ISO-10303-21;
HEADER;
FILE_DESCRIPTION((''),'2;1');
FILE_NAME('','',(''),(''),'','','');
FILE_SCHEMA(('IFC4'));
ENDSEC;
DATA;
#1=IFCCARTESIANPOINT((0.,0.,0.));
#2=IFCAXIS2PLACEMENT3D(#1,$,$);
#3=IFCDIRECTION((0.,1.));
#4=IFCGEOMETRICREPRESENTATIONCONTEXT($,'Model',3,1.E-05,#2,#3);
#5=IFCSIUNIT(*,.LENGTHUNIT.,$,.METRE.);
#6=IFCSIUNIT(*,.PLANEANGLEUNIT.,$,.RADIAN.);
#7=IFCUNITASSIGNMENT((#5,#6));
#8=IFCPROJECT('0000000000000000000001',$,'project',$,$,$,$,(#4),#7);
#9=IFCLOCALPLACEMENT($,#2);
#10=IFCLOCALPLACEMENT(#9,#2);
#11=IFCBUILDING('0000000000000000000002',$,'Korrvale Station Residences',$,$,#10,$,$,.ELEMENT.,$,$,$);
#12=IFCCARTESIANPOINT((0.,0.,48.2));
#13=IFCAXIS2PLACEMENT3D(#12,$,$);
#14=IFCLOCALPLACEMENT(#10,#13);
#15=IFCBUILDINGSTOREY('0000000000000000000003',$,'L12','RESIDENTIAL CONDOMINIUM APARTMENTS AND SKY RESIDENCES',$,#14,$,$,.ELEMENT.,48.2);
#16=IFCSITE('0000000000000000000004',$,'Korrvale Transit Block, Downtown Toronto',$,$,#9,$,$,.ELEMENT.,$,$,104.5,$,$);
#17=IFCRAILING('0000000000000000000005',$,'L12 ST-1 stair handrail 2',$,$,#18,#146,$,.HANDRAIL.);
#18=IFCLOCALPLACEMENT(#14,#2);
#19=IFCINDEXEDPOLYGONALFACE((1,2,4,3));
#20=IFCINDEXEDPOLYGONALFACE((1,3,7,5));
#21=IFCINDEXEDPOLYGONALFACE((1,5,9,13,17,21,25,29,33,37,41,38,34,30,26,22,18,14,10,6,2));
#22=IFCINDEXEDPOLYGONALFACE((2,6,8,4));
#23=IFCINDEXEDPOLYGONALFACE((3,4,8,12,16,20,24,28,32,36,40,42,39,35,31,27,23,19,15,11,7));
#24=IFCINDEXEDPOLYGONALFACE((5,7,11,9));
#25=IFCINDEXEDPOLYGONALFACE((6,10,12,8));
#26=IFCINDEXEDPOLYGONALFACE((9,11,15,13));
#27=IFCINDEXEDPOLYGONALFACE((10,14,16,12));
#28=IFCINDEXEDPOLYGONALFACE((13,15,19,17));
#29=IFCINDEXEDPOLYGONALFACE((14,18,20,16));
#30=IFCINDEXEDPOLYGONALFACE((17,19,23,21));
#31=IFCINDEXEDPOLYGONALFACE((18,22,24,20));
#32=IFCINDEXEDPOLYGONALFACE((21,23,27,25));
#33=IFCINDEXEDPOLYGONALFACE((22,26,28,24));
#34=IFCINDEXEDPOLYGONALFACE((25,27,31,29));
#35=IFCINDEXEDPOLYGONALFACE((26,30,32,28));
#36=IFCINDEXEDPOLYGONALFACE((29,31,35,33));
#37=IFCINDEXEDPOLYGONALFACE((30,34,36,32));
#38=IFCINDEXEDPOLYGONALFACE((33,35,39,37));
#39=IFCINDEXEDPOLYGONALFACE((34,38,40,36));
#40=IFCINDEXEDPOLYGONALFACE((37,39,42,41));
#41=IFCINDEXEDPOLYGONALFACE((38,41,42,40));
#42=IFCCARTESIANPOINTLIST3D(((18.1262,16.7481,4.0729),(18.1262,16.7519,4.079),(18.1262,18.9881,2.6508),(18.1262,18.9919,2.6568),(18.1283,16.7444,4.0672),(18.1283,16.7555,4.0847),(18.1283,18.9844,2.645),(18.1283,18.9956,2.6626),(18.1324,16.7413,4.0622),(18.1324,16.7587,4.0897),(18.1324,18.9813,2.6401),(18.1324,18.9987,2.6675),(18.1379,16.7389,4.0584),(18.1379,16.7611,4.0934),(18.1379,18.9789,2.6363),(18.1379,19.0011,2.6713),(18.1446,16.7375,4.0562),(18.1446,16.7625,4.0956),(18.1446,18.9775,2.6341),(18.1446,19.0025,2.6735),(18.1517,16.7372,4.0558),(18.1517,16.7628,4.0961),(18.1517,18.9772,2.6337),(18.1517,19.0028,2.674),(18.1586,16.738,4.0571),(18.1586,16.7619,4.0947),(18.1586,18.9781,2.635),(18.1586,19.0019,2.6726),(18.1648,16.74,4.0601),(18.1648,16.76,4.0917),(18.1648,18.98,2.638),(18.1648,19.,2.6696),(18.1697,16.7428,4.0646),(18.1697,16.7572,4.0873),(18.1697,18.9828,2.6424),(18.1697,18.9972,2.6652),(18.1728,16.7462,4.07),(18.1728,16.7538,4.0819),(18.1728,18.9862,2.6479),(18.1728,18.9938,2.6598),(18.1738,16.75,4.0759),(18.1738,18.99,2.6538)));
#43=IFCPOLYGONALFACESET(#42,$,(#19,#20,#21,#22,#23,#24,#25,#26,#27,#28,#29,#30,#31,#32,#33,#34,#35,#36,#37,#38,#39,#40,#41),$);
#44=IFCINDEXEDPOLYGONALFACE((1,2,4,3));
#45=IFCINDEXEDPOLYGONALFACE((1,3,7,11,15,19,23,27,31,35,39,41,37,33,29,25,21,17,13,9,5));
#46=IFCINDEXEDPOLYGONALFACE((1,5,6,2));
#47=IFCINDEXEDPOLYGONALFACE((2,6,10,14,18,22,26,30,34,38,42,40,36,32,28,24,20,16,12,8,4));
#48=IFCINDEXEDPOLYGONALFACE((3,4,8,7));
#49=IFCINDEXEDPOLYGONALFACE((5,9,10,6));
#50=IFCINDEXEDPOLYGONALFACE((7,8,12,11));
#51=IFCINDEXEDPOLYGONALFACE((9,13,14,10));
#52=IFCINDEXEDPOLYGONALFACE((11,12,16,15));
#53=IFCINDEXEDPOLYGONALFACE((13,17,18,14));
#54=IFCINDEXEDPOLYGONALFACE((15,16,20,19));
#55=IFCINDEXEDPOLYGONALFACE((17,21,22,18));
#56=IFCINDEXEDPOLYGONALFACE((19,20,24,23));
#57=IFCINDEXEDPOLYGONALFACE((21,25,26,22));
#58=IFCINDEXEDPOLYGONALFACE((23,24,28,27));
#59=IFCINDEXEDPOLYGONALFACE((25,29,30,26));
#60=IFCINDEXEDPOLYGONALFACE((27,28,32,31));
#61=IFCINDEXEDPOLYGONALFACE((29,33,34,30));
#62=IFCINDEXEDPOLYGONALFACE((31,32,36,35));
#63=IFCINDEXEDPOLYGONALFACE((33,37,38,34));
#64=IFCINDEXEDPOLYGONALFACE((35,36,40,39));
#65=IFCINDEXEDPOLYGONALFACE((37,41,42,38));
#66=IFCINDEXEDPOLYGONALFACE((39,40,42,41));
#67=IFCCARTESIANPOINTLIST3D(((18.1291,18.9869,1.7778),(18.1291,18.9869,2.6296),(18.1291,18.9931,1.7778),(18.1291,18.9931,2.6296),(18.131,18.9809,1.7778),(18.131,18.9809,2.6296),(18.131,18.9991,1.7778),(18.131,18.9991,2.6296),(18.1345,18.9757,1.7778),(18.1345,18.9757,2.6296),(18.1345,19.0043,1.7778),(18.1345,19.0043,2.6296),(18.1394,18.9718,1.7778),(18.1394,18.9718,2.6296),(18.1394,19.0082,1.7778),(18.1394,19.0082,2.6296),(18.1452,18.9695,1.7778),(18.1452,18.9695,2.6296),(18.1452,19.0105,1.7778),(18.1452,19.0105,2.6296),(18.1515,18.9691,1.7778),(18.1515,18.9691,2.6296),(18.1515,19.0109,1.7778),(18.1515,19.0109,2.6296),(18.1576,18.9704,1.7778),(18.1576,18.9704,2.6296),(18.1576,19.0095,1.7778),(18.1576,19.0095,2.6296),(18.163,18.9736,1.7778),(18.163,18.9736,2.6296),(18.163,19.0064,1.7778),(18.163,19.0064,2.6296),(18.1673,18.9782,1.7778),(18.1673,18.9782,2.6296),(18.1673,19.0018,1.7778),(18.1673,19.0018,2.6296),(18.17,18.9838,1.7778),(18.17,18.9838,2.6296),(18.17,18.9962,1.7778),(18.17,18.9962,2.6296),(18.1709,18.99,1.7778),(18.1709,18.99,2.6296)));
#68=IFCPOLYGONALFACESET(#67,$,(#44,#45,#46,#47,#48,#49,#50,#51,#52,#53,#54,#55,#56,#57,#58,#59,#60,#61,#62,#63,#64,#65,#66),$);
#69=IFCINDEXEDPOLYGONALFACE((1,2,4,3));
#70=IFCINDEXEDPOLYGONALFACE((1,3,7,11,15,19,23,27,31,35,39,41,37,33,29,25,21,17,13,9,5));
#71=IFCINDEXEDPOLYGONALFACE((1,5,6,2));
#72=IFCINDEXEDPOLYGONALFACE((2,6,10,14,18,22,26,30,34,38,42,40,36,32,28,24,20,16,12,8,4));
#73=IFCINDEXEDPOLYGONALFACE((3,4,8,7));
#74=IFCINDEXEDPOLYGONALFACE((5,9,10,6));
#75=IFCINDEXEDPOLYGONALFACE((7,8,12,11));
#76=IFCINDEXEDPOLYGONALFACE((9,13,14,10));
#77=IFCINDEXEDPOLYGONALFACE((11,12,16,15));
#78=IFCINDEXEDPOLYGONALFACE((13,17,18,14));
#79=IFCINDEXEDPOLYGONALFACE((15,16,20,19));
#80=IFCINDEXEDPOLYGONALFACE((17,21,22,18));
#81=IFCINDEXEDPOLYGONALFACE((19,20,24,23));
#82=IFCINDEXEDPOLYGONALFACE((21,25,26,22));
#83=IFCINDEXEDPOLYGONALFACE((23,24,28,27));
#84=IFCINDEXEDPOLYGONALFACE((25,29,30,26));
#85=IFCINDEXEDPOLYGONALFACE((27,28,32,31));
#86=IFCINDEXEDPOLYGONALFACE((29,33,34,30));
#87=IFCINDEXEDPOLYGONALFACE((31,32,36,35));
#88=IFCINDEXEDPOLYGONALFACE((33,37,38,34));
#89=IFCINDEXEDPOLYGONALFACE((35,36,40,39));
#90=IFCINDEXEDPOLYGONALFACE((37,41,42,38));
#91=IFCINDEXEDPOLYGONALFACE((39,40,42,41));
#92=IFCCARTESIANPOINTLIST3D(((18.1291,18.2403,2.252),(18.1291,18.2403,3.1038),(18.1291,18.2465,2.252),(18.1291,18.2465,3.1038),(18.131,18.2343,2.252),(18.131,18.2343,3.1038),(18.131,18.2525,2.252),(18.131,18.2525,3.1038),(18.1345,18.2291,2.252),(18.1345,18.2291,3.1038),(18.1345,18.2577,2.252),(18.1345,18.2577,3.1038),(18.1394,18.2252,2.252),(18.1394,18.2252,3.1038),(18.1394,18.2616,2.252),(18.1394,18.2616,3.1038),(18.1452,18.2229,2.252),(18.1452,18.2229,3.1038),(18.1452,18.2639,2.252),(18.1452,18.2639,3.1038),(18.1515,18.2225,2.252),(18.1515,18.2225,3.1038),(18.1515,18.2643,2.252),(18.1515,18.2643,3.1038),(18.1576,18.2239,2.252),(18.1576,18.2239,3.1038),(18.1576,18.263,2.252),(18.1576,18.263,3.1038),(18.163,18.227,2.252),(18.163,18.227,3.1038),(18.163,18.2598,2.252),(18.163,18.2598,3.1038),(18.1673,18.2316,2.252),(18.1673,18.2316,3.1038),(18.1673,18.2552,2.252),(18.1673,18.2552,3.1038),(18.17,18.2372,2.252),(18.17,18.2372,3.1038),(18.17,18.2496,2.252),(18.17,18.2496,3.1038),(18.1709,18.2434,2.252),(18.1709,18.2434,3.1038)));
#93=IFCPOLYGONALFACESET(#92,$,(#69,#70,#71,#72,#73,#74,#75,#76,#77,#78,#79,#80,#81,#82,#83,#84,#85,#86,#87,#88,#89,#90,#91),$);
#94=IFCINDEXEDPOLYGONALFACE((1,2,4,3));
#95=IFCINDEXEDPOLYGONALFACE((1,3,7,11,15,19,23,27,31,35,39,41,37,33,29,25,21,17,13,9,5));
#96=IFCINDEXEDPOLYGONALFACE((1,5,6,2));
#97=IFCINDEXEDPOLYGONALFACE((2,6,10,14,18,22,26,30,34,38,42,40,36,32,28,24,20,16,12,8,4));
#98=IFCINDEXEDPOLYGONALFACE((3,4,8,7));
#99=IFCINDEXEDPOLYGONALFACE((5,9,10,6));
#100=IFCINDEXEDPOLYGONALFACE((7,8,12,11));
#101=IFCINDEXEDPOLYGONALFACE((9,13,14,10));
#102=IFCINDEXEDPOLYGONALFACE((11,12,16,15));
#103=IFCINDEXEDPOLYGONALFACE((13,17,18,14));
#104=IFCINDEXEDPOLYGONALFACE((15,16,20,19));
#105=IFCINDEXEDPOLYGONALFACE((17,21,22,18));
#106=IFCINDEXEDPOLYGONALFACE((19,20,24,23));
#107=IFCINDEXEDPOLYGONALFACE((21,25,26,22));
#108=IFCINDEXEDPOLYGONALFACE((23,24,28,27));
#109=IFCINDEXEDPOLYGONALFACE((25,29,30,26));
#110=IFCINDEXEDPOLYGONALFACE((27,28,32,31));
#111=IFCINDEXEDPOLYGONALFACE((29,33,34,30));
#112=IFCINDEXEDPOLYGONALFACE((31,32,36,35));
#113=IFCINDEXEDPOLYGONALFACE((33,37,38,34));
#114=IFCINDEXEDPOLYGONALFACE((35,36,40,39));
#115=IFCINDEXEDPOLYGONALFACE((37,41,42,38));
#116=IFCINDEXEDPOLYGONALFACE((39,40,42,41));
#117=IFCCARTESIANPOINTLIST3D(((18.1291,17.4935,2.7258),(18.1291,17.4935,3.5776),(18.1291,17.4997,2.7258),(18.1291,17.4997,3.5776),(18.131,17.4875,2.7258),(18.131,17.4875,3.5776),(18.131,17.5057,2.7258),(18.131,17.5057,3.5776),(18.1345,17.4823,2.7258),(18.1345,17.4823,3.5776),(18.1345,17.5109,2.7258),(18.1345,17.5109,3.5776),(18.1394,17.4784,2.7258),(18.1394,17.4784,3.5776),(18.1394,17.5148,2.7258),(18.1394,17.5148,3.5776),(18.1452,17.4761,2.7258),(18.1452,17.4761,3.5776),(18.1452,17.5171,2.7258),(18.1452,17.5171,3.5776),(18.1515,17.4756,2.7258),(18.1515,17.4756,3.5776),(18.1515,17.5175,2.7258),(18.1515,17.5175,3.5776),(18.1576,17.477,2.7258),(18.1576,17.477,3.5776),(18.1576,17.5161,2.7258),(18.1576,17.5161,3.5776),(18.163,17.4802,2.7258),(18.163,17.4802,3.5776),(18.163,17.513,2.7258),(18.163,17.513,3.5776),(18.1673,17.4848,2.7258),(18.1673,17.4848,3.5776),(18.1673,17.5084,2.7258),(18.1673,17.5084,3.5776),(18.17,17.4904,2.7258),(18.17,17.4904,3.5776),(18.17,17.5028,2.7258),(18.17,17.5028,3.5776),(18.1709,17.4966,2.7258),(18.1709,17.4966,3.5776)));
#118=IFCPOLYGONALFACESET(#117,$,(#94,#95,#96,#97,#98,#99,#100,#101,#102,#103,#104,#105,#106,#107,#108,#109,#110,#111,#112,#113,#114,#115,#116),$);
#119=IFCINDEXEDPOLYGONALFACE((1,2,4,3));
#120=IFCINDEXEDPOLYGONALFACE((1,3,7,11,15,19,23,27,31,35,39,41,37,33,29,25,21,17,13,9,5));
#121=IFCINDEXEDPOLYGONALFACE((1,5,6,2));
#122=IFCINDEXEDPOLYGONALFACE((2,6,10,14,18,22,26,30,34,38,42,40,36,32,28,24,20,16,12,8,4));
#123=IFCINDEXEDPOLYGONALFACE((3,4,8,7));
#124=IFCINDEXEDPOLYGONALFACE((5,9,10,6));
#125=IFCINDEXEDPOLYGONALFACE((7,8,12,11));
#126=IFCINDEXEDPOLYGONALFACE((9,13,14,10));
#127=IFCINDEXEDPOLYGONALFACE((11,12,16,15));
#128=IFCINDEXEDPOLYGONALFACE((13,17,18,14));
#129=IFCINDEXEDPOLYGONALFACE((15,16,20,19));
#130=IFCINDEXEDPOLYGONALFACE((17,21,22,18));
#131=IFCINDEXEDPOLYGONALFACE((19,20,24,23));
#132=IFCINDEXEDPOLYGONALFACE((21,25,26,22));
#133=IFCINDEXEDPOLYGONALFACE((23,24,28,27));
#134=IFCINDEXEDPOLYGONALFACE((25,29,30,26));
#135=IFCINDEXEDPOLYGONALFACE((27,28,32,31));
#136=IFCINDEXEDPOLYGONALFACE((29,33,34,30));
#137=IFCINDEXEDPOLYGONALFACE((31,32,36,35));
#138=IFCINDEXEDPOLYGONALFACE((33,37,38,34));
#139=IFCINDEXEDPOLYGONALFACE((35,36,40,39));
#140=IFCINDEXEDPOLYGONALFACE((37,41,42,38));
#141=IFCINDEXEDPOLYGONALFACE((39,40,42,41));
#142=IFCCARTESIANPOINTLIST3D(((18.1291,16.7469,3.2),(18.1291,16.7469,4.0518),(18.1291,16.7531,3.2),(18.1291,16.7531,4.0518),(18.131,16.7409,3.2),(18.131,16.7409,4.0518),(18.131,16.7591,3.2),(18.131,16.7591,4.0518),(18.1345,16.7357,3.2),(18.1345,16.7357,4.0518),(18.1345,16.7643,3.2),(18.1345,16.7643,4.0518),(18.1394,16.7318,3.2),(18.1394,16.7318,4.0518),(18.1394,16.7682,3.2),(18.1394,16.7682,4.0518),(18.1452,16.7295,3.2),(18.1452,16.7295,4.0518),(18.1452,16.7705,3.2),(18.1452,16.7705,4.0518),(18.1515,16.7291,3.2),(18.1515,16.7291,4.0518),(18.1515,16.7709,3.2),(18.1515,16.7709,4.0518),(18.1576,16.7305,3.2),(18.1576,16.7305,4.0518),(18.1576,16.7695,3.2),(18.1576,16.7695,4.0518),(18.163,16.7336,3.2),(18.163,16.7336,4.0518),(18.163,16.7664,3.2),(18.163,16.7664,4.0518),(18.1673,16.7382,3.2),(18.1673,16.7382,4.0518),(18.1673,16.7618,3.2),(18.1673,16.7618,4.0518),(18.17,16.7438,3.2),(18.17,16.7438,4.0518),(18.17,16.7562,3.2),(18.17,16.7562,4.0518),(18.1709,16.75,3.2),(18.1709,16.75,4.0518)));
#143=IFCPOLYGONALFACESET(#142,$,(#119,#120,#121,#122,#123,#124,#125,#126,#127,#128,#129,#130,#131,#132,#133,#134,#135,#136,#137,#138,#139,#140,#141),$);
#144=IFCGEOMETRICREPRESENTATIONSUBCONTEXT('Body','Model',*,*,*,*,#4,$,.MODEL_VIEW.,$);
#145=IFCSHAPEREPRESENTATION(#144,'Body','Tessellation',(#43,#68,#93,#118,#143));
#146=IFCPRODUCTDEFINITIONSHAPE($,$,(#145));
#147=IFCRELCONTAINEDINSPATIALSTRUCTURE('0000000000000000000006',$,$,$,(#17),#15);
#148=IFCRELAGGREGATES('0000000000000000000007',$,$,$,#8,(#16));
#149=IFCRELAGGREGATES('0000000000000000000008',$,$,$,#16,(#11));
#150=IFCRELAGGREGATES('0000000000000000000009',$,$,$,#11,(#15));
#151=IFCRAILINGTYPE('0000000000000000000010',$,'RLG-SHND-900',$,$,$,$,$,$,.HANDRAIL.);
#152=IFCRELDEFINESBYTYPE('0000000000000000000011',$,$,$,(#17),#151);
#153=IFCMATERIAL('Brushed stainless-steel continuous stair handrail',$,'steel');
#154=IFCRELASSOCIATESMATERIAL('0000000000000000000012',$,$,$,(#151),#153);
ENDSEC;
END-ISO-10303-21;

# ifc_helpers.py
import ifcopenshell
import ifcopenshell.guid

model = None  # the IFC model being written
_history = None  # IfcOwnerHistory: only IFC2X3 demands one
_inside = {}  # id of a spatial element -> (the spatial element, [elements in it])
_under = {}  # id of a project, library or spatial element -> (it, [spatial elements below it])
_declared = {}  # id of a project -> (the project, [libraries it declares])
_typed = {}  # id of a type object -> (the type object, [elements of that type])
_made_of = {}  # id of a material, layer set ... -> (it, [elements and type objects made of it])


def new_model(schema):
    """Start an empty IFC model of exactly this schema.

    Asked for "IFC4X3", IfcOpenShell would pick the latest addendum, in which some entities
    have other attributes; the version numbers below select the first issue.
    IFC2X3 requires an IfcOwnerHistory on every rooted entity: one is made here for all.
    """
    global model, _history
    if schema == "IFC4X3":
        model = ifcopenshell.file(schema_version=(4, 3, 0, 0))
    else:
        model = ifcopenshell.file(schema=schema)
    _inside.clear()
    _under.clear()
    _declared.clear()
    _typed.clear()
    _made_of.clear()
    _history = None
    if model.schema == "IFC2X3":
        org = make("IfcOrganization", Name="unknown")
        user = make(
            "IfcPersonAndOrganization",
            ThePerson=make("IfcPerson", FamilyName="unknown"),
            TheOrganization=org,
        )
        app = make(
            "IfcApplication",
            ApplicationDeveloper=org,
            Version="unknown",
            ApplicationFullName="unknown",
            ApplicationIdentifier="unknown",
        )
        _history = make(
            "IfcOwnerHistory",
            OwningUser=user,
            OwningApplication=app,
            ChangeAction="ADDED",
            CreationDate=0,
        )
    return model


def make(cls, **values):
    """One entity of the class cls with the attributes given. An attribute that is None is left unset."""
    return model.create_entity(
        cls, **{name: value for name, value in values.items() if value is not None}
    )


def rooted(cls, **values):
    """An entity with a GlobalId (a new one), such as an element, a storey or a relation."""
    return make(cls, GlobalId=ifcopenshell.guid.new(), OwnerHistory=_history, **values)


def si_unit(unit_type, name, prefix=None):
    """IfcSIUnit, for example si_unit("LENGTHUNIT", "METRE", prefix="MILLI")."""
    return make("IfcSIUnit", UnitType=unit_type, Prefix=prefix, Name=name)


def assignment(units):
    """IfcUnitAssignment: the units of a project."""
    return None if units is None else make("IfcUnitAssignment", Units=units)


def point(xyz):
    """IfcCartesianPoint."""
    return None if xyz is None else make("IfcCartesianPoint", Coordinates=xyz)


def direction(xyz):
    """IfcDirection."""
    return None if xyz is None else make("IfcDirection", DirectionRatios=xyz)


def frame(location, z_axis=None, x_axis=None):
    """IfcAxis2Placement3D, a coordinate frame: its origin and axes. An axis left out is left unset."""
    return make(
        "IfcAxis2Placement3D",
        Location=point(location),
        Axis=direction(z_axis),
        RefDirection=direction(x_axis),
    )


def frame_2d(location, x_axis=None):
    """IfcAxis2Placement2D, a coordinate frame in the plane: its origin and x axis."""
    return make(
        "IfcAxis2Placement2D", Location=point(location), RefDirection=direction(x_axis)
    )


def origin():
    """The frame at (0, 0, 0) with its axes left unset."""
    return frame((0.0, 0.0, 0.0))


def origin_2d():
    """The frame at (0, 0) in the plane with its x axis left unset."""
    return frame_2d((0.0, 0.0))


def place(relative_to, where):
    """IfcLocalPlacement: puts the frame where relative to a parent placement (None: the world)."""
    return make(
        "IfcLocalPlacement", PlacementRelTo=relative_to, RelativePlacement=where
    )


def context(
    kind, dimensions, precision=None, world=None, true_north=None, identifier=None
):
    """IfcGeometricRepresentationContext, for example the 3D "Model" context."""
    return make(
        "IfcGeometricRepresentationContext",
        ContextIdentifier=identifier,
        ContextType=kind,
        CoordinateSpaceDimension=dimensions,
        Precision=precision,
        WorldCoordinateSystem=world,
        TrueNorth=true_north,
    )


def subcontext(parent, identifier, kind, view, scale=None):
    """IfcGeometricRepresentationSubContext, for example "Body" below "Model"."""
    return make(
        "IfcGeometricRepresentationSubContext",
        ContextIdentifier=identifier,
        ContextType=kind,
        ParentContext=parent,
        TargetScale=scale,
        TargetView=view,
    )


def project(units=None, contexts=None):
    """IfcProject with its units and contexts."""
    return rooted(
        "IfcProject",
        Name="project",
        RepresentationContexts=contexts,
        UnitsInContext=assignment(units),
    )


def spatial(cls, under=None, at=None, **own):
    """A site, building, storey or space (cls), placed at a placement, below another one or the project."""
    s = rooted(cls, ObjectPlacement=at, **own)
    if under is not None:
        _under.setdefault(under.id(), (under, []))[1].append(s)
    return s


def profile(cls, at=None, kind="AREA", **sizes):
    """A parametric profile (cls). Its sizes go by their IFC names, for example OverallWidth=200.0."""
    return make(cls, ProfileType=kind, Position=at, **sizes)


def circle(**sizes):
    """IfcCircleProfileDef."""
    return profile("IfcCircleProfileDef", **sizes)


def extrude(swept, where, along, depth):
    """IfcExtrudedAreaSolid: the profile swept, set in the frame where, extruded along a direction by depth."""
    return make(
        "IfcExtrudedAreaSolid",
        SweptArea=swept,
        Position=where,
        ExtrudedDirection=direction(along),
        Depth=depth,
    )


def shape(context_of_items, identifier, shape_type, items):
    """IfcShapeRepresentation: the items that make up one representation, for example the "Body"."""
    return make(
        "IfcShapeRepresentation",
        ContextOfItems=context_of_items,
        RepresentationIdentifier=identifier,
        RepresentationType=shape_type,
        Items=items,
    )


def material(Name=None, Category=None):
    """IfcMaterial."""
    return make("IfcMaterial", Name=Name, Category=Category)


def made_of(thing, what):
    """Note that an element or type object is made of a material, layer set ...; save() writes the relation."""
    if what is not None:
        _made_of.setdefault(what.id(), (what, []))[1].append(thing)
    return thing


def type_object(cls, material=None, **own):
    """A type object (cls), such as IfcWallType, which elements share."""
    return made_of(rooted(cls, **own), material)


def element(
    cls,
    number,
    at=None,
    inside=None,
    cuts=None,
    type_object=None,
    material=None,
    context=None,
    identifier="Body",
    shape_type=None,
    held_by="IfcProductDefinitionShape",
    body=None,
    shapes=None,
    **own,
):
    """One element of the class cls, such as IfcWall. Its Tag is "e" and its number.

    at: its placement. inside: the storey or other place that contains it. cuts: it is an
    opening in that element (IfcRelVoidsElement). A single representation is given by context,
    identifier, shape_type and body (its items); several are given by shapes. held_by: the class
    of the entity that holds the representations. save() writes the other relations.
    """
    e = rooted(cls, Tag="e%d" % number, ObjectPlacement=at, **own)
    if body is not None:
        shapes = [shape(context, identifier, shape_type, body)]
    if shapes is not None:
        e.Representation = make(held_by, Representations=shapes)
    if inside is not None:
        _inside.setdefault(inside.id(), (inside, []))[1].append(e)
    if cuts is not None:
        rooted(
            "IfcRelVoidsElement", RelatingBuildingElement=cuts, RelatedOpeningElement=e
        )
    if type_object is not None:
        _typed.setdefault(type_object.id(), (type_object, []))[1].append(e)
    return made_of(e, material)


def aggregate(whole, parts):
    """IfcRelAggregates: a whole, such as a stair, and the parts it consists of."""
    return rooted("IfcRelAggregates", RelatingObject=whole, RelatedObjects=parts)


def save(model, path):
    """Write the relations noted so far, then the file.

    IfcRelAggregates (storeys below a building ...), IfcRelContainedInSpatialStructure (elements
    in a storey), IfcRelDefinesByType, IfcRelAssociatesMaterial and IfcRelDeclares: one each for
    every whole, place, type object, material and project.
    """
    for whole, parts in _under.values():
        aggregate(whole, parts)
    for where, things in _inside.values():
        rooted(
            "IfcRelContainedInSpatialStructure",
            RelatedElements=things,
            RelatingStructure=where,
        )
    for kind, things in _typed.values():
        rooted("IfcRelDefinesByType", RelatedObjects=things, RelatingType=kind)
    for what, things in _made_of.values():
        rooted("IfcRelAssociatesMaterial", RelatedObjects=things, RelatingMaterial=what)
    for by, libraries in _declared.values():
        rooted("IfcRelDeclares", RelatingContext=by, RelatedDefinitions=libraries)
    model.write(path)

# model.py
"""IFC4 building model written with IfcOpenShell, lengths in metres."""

from ifc_helpers import new_model, si_unit, direction, frame, origin, origin_2d, place, context, subcontext, project, spatial, circle, extrude, material, type_object, element, save


model = new_model("IFC4")

# Units and contexts
model_context = context("Model", 3, precision=1e-05, world=origin(), true_north=direction((0.0, 1.0)))
body_context = subcontext(model_context, "Body", "Model", "MODEL_VIEW")
ifc_project = project(units=[si_unit("LENGTHUNIT", "METRE"), si_unit("PLANEANGLEUNIT", "RADIAN")], contexts=[model_context])

# Site, building, storey
site_placement = place(None, origin())
site = spatial("IfcSite", under=ifc_project, at=site_placement, Name="Korrvale Transit Block, Downtown Toronto", CompositionType="ELEMENT", RefElevation=104.5)
building_placement = place(site_placement, origin())
building = spatial("IfcBuilding", under=site, at=building_placement, Name="Korrvale Station Residences", CompositionType="ELEMENT")
storey_placement = place(building_placement, frame((0.0, 0.0, 48.2)))
storey = spatial("IfcBuildingStorey", under=building, at=storey_placement, Name="L12", Description="RESIDENTIAL CONDOMINIUM APARTMENTS AND SKY RESIDENCES", CompositionType="ELEMENT", Elevation=48.2)

# Railing
ifc_material_1 = material(Name="Brushed stainless-steel continuous stair handrail", Category="steel")
railing_type_1 = type_object("IfcRailingType", Name="RLG-SHND-900", PredefinedType="HANDRAIL", material=ifc_material_1)
railing_1_placement = place(storey_placement, frame((18.1499, 18.99, 1.7778)))
element("IfcRailing", 1, at=railing_1_placement, inside=storey, type_object=railing_type_1, Name="L12 ST-1 stair handrail 2", PredefinedType="HANDRAIL", context=body_context, shape_type="SweptSolid", body=[
    extrude(circle(Radius=0.0239, at=origin_2d()), frame((0.0, 0.0, 0.876), z_axis=(0.0, -0.844229, 0.535982), x_axis=(1.0, 0.0, 0.0)), (0.0, 0.0, 1.0), 2.6533),
    extrude(circle(Radius=0.021, at=origin_2d()), origin(), (0.0, 0.0, 1.0), 0.8518),
    extrude(circle(Radius=0.021, at=origin_2d()), frame((0.0, -0.7466, 0.4741)), (0.0, 0.0, 1.0), 0.8518),
    extrude(circle(Radius=0.021, at=origin_2d()), frame((0.0, -1.4934, 0.948)), (0.0, 0.0, 1.0), 0.8518),
    extrude(circle(Radius=0.021, at=origin_2d()), frame((0.0, -2.24, 1.4221)), (0.0, 0.0, 1.0), 0.8518),
])

save(model, "model.ifc")
